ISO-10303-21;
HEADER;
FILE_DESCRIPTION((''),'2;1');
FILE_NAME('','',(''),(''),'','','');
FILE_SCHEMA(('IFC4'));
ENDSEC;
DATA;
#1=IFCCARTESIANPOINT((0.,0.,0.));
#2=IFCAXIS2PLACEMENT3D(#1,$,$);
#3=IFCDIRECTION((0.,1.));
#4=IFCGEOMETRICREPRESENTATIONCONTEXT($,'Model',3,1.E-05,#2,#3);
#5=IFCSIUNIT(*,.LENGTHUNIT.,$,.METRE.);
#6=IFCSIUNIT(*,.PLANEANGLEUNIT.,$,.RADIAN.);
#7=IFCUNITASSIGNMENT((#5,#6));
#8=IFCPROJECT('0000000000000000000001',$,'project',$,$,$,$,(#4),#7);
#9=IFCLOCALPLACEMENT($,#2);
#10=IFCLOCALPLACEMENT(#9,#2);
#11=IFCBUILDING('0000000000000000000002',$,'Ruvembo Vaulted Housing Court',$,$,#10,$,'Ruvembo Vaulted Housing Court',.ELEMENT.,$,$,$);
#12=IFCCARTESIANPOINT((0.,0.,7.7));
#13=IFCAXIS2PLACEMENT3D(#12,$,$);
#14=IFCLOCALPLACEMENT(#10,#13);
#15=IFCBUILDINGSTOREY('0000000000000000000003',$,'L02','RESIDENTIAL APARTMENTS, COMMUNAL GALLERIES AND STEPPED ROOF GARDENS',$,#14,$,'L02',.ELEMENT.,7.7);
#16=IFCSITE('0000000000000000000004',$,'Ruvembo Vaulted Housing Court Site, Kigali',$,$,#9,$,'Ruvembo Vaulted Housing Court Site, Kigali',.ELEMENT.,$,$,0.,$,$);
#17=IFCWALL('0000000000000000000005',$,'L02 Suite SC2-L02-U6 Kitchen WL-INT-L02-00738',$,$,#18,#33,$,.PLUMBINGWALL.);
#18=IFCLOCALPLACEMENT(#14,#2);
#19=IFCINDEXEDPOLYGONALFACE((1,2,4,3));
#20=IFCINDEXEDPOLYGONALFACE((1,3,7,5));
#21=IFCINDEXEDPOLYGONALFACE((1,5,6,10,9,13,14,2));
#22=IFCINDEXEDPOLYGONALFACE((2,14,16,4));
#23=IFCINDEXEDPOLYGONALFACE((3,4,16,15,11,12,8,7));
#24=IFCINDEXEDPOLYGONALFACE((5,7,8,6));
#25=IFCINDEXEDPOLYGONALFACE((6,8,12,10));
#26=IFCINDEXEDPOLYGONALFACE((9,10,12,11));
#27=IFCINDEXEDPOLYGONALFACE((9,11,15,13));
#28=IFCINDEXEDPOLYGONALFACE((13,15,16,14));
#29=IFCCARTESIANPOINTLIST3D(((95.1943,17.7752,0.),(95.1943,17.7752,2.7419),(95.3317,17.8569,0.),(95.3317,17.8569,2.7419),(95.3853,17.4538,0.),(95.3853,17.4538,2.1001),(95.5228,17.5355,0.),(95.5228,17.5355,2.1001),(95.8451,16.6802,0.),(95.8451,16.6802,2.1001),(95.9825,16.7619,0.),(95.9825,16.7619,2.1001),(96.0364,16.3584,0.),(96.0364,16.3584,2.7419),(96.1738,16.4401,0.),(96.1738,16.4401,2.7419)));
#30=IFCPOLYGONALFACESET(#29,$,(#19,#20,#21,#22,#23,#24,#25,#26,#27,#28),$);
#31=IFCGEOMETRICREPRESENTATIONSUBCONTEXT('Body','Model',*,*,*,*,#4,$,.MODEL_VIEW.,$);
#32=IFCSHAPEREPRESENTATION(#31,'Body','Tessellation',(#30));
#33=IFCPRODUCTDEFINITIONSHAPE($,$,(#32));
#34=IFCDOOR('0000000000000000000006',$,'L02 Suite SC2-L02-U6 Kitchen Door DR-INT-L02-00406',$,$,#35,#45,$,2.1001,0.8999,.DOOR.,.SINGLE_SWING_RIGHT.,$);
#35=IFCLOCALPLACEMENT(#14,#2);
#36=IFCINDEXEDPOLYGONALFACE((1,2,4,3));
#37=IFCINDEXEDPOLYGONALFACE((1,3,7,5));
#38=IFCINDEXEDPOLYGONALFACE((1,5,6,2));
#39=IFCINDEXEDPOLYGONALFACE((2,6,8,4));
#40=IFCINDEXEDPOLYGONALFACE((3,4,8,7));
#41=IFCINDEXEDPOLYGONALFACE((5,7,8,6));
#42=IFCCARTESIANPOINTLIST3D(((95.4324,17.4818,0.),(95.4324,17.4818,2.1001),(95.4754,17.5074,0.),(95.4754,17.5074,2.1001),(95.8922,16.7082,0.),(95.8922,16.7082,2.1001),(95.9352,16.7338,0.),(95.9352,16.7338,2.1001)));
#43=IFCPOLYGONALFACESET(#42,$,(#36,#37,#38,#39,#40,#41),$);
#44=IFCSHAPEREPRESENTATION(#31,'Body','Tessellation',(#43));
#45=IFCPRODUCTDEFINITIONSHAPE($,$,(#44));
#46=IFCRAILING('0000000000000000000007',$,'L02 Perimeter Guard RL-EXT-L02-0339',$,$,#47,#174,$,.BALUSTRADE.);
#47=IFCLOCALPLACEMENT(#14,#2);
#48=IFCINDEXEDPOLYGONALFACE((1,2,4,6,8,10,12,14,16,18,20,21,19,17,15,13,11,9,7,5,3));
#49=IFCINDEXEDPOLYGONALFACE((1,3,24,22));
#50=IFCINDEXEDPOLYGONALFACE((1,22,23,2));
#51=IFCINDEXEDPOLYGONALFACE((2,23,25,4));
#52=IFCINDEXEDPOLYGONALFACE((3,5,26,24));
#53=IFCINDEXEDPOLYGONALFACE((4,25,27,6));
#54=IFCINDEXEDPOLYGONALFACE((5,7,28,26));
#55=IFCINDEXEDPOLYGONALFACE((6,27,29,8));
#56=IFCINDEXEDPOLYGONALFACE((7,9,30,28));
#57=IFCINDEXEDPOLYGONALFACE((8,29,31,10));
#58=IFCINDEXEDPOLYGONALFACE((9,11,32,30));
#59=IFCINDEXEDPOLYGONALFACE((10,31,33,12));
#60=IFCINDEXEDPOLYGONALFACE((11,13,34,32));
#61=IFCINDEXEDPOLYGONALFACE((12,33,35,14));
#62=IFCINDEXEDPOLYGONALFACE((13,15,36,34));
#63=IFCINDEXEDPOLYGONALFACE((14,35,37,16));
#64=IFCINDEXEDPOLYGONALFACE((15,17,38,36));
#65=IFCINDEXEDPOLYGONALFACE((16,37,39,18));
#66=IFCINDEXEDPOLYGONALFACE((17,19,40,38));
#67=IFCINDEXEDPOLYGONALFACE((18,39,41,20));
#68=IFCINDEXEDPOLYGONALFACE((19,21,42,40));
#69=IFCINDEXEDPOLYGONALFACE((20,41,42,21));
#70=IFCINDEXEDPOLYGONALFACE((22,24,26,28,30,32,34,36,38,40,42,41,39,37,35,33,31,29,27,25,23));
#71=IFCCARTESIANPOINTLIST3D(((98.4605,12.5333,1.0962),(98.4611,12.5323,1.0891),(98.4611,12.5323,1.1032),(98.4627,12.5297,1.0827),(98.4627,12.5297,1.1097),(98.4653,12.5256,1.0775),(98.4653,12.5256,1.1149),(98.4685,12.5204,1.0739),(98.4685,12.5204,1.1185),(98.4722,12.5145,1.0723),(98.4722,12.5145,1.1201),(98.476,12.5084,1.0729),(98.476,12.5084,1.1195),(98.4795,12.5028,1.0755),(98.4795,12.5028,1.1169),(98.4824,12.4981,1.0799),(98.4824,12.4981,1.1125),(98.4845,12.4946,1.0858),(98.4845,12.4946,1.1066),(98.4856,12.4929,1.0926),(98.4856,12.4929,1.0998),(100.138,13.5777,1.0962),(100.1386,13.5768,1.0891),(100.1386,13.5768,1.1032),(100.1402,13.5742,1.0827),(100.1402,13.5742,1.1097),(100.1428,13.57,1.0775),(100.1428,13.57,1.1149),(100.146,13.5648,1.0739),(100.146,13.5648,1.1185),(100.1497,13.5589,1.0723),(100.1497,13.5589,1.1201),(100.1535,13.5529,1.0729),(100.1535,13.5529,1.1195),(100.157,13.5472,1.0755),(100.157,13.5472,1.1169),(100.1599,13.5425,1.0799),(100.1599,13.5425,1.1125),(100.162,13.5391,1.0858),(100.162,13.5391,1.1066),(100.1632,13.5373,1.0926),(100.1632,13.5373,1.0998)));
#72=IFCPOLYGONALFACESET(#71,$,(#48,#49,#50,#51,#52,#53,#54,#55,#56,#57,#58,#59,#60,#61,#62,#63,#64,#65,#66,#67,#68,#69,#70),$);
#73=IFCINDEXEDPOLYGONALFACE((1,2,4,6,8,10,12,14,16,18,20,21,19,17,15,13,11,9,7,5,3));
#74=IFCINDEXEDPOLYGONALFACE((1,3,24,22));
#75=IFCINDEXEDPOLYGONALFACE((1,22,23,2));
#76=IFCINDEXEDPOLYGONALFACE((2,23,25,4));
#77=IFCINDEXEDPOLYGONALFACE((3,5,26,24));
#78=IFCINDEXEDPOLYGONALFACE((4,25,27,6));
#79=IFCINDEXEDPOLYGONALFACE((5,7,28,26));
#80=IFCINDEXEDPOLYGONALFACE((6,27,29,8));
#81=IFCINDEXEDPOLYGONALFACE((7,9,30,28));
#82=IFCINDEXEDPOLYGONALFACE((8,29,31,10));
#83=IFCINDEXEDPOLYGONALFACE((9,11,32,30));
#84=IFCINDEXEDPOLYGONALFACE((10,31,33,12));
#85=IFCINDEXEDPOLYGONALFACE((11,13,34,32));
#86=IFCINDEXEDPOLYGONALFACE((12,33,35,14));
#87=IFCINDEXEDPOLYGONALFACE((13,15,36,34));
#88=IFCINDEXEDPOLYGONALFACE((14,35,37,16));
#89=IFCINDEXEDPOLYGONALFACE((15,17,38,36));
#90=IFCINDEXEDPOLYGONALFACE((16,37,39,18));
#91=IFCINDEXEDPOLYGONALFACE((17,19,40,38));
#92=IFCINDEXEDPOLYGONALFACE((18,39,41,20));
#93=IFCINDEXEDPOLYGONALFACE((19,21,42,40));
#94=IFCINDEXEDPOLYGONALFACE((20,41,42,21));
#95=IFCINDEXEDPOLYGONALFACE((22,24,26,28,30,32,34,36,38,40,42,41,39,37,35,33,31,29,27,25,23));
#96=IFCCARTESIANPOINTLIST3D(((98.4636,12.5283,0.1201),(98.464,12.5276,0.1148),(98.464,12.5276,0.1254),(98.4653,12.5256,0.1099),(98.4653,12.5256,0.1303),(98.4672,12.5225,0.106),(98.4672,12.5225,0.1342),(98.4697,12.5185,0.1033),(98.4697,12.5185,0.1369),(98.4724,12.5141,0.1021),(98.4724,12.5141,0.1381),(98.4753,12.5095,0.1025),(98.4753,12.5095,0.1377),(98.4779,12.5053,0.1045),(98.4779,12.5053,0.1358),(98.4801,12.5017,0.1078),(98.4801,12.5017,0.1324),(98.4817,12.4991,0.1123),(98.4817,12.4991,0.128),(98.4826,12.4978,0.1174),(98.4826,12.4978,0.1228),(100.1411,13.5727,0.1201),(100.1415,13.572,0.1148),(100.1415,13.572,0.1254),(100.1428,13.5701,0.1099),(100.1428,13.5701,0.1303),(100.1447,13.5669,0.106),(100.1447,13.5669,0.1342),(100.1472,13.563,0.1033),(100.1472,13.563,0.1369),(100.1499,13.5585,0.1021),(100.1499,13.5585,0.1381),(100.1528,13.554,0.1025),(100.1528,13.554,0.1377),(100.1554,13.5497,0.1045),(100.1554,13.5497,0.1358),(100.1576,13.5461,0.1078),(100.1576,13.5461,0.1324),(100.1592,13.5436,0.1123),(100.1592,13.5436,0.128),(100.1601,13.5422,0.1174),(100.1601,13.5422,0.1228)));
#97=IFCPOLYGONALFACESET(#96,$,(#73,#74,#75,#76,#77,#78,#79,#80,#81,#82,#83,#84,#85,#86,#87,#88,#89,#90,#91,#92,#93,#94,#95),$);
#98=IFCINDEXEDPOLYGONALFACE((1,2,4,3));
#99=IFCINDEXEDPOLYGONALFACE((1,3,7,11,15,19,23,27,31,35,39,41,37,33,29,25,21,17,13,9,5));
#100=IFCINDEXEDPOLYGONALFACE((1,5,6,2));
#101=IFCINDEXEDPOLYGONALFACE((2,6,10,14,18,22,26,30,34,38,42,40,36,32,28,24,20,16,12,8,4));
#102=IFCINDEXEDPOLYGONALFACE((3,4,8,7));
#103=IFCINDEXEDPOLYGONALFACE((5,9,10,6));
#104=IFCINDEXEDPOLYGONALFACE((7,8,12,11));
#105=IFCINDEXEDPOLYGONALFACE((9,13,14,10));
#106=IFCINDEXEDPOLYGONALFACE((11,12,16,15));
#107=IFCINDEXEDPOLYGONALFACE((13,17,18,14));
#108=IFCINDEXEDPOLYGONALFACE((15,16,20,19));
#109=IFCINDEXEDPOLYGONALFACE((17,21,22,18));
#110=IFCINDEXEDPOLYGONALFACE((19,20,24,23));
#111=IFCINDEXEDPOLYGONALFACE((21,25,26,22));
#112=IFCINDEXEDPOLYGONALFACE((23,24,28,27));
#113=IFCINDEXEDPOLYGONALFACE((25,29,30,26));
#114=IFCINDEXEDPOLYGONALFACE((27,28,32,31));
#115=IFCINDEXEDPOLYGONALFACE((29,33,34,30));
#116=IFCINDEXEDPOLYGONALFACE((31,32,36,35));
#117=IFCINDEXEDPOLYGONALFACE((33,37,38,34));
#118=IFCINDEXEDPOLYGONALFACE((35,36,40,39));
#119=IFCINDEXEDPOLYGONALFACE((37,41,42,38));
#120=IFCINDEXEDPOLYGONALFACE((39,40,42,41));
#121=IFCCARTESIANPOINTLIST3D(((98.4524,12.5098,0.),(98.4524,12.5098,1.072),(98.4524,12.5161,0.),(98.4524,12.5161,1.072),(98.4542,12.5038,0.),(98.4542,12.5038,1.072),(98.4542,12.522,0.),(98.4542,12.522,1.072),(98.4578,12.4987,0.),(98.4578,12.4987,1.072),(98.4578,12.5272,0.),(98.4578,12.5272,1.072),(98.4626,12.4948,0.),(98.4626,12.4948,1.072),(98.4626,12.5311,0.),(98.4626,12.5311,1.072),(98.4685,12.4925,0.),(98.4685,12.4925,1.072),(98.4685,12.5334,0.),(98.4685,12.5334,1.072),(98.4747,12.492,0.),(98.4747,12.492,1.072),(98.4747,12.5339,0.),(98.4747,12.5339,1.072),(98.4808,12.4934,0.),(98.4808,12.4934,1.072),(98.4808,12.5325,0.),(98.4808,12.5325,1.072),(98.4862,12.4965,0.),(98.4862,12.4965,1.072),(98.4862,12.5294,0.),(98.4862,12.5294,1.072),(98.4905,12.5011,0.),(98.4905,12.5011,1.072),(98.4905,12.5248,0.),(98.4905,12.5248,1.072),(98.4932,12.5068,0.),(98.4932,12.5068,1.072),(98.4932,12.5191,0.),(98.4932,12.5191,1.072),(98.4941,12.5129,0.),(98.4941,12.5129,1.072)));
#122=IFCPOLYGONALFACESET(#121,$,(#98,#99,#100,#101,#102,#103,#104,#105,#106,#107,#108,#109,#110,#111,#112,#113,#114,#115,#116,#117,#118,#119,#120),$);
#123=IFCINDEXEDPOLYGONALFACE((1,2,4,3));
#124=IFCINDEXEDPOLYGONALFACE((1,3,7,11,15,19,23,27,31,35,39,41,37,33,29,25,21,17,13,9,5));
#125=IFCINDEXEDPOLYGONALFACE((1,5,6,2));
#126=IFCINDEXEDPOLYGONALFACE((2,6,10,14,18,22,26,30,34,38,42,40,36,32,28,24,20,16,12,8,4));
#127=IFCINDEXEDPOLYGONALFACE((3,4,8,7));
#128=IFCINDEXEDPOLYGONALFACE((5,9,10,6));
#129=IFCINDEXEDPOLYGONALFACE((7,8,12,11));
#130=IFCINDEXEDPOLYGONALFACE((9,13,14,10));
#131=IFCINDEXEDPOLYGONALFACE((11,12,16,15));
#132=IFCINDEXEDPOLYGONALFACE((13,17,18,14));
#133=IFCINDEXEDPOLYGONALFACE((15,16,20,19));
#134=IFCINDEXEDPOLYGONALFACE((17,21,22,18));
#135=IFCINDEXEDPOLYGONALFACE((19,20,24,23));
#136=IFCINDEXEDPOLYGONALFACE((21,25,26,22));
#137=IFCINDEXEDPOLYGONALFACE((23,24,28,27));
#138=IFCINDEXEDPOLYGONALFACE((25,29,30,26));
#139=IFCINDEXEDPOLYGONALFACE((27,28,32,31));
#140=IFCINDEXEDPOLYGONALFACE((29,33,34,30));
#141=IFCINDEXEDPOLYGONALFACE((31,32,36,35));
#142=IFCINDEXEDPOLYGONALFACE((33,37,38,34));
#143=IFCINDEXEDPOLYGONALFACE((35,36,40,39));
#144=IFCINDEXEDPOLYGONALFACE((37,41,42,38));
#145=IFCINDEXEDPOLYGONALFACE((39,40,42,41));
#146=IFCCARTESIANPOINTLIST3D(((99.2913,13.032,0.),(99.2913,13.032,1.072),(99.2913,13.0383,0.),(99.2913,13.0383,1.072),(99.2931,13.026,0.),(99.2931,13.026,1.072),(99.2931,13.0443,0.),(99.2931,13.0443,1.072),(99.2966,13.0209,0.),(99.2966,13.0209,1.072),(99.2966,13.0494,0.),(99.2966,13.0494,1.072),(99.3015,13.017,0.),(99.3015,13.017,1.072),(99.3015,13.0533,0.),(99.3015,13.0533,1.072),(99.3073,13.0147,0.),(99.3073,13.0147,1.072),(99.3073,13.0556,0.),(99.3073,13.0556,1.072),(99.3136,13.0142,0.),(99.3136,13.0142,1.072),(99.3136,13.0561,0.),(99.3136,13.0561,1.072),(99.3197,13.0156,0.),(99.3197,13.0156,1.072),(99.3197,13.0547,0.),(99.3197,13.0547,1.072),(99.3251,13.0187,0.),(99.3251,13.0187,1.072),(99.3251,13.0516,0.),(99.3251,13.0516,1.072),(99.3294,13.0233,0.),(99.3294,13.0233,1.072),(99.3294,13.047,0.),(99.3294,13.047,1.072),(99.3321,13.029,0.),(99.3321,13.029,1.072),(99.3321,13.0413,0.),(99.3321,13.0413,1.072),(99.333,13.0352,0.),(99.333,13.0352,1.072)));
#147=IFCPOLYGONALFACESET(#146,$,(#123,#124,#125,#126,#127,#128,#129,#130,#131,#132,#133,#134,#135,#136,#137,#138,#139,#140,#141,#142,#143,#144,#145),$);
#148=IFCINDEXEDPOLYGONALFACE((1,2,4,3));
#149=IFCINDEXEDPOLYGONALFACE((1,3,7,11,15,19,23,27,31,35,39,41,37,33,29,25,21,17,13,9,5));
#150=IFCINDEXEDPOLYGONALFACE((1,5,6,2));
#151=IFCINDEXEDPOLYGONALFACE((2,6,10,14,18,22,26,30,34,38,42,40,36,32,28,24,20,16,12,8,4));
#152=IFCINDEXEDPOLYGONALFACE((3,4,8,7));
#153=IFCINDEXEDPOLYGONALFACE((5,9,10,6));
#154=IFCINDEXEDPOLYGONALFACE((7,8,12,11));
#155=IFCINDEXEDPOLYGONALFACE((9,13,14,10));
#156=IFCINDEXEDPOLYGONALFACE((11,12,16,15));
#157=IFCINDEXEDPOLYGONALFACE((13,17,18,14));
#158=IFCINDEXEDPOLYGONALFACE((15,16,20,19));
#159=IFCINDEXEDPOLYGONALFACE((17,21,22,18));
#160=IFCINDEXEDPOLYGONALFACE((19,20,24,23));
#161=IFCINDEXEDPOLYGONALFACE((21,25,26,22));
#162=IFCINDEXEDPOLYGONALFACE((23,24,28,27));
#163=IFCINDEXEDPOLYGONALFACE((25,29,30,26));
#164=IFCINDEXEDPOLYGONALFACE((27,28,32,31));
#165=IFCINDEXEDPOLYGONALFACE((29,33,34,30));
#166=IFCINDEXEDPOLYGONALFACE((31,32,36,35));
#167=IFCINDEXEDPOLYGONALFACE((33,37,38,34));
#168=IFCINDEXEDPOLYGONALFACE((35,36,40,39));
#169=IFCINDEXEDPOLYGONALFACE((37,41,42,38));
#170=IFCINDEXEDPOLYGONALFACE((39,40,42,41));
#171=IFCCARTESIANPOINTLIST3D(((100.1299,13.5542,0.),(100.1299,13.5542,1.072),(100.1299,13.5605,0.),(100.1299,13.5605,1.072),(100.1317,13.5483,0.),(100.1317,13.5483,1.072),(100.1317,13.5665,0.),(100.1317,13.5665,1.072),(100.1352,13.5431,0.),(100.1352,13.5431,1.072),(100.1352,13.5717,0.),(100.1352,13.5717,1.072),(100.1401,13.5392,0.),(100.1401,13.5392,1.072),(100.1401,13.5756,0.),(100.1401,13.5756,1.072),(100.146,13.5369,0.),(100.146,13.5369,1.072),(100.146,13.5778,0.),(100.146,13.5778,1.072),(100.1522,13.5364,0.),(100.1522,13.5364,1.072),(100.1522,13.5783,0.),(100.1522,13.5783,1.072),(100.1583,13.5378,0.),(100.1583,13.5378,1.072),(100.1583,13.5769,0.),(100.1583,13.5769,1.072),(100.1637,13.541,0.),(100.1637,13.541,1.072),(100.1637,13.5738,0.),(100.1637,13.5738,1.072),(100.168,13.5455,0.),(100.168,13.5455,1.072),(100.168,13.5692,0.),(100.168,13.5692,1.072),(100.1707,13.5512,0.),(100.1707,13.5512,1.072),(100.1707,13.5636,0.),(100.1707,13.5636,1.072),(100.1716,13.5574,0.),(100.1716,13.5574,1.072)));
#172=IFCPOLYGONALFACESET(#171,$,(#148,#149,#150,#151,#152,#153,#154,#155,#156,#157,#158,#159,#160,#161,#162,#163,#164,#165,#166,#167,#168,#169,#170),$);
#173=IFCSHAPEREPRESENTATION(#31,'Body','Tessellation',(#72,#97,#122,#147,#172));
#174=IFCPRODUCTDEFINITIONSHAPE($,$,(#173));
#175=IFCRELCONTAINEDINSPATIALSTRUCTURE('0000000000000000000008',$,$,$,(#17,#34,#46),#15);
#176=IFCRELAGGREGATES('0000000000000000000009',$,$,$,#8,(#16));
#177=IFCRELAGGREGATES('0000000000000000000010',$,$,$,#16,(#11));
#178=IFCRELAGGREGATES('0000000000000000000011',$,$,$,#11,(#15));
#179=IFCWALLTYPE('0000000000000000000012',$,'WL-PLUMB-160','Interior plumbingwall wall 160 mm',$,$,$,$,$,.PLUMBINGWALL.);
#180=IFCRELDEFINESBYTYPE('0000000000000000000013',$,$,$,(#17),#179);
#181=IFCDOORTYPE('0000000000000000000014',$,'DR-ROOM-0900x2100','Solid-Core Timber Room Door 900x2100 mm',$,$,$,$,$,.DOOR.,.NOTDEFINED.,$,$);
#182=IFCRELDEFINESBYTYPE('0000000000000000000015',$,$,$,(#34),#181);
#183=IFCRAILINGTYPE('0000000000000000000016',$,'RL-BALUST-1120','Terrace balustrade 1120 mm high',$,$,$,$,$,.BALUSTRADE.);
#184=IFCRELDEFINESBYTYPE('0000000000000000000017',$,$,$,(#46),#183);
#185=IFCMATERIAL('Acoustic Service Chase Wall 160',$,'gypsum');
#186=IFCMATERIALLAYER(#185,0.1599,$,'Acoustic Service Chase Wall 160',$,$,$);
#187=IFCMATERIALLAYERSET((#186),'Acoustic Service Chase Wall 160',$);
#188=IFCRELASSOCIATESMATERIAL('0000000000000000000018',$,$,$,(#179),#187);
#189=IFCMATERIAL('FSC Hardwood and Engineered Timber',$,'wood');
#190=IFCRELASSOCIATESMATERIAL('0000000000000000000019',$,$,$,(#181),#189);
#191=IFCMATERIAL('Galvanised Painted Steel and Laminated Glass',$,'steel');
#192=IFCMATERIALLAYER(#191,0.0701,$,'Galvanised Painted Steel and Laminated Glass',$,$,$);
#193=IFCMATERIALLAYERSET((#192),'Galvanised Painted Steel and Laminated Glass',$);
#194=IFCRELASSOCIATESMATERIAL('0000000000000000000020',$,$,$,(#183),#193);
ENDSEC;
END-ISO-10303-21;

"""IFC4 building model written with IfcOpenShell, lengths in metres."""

from ifc_helpers import new_model, si_unit, direction, frame, frame_2d, origin, origin_2d, place, context, subcontext, project, spatial, rectangle, circle, extrude, material, layer, layer_set, type_object, element, fill, save


model = new_model("IFC4")

# Units and contexts
model_context = context("Model", 3, precision=1e-05, world=origin(), true_north=direction((0.0, 1.0)))
body_context = subcontext(model_context, "Body", "Model", "MODEL_VIEW")
ifc_project = project(units=[si_unit("LENGTHUNIT", "METRE"), si_unit("PLANEANGLEUNIT", "RADIAN")], contexts=[model_context])

# Site, building, storey
site_placement = place(None, origin())
site = spatial("IfcSite", under=ifc_project, at=site_placement, Name="Ruvembo Vaulted Housing Court Site, Kigali", LongName="Ruvembo Vaulted Housing Court Site, Kigali", CompositionType="ELEMENT", RefElevation=0.0)
building_placement = place(site_placement, origin())
building = spatial("IfcBuilding", under=site, at=building_placement, Name="Ruvembo Vaulted Housing Court", LongName="Ruvembo Vaulted Housing Court", CompositionType="ELEMENT")
storey_placement = place(building_placement, frame((0.0, 0.0, 7.7)))
storey = spatial("IfcBuildingStorey", under=building, at=storey_placement, Name="L02", Description="RESIDENTIAL APARTMENTS, COMMUNAL GALLERIES AND STEPPED ROOF GARDENS", LongName="L02", CompositionType="ELEMENT", Elevation=7.7)

# Shared definitions
ifc_material_1 = material(Name="FSC Hardwood and Engineered Timber", Category="wood")

# Wall, opening, door
ifc_material_2 = material(Name="Acoustic Service Chase Wall 160", Category="gypsum")
ifc_layer_1 = layer(ifc_material_2, 0.1599, Name="Acoustic Service Chase Wall 160")
ifc_layer_set_1 = layer_set([ifc_layer_1], Name="Acoustic Service Chase Wall 160")
wall_type_1 = type_object("IfcWallType", Name="WL-PLUMB-160", Description="Interior plumbingwall wall 160 mm", PredefinedType="PLUMBINGWALL", material=ifc_layer_set_1)
wall_1_placement = place(storey_placement, frame((95.2629, 17.8162, 0.0), z_axis=(0.0, 0.0, 1.0), x_axis=(0.510919, -0.859629, 0.0)))
wall_1 = element("IfcWall", 1, at=wall_1_placement, inside=storey, type_object=wall_type_1, Name="L02 Suite SC2-L02-U6 Kitchen WL-INT-L02-00738", PredefinedType="PLUMBINGWALL", context=body_context, shape_type="SweptSolid", body=[
    extrude(rectangle(XDim=1.6482, YDim=0.1599, at=frame_2d((0.8242, 0.0))), origin(), (0.0, 0.0, 1.0), 2.7419),
])
opening_1_placement = place(wall_1_placement, frame((0.374, 0.0, 0.0)))
opening_1 = element("IfcOpeningElement", 2, at=opening_1_placement, cuts=wall_1, PredefinedType="OPENING", context=body_context, shape_type="SweptSolid", body=[
    extrude(rectangle(XDim=0.8999, YDim=2.1001, at=frame_2d((0.45, 1.05))), frame((0.0, 0.0898, 0.0), z_axis=(0.0, -1.0, 0.0), x_axis=(1.0, 0.0, 0.0)), (0.0, 0.0, 1.0), 0.1799),
])
door_type_1 = type_object("IfcDoorType", Name="DR-ROOM-0900x2100", Description="Solid-Core Timber Room Door 900x2100 mm", OperationType="NOTDEFINED", PredefinedType="DOOR", material=ifc_material_1)
door_1_placement = place(opening_1_placement, origin())
door_1 = element("IfcDoor", 3, at=door_1_placement, inside=storey, type_object=door_type_1, Name="L02 Suite SC2-L02-U6 Kitchen Door DR-INT-L02-00406", OperationType="SINGLE_SWING_RIGHT", OverallHeight=2.1001, OverallWidth=0.8999, PredefinedType="DOOR", context=body_context, shape_type="SweptSolid", body=[
    extrude(rectangle(XDim=0.8999, YDim=2.1001, at=frame_2d((0.45, 1.05))), frame((0.0, 0.0249, 0.0), z_axis=(0.0, -1.0, 0.0), x_axis=(1.0, 0.0, 0.0)), (0.0, 0.0, 1.0), 0.05),
])
fill(opening_1, door_1)

# Railing
ifc_material_3 = material(Name="Galvanised Painted Steel and Laminated Glass", Category="steel")
ifc_layer_2 = layer(ifc_material_3, 0.0701, Name="Galvanised Painted Steel and Laminated Glass")
ifc_layer_set_2 = layer_set([ifc_layer_2], Name="Galvanised Painted Steel and Laminated Glass")
railing_type_1 = type_object("IfcRailingType", Name="RL-BALUST-1120", Description="Terrace balustrade 1120 mm high", PredefinedType="BALUSTRADE", material=ifc_layer_set_2)
railing_1_placement = place(storey_placement, frame((98.4731, 12.5129, 0.0)))
element("IfcRailing", 4, at=railing_1_placement, inside=storey, type_object=railing_type_1, Name="L02 Perimeter Guard RL-EXT-L02-0339", PredefinedType="BALUSTRADE", context=body_context, shape_type="SweptSolid", body=[
    extrude(circle(Radius=0.0239, at=origin_2d()), frame((0.0, 0.0, 1.0962), z_axis=(0.848906, 0.528543, 0.0), x_axis=(-0.528543, 0.848906, 0.0)), (0.0, 0.0, 1.0), 1.9761),
    extrude(circle(Radius=0.0181, at=origin_2d()), frame((0.0, 0.0, 0.1201), z_axis=(0.848906, 0.528543, 0.0), x_axis=(-0.528543, 0.848906, 0.0)), (0.0, 0.0, 1.0), 1.9761),
    extrude(circle(Radius=0.021, at=origin_2d()), origin(), (0.0, 0.0, 1.0), 1.072),
    extrude(circle(Radius=0.021, at=origin_2d()), frame((0.8389, 0.5222, 0.0)), (0.0, 0.0, 1.0), 1.072),
    extrude(circle(Radius=0.021, at=origin_2d()), frame((1.6775, 1.0444, 0.0)), (0.0, 0.0, 1.0), 1.072),
])

save(model, "model.ifc")
